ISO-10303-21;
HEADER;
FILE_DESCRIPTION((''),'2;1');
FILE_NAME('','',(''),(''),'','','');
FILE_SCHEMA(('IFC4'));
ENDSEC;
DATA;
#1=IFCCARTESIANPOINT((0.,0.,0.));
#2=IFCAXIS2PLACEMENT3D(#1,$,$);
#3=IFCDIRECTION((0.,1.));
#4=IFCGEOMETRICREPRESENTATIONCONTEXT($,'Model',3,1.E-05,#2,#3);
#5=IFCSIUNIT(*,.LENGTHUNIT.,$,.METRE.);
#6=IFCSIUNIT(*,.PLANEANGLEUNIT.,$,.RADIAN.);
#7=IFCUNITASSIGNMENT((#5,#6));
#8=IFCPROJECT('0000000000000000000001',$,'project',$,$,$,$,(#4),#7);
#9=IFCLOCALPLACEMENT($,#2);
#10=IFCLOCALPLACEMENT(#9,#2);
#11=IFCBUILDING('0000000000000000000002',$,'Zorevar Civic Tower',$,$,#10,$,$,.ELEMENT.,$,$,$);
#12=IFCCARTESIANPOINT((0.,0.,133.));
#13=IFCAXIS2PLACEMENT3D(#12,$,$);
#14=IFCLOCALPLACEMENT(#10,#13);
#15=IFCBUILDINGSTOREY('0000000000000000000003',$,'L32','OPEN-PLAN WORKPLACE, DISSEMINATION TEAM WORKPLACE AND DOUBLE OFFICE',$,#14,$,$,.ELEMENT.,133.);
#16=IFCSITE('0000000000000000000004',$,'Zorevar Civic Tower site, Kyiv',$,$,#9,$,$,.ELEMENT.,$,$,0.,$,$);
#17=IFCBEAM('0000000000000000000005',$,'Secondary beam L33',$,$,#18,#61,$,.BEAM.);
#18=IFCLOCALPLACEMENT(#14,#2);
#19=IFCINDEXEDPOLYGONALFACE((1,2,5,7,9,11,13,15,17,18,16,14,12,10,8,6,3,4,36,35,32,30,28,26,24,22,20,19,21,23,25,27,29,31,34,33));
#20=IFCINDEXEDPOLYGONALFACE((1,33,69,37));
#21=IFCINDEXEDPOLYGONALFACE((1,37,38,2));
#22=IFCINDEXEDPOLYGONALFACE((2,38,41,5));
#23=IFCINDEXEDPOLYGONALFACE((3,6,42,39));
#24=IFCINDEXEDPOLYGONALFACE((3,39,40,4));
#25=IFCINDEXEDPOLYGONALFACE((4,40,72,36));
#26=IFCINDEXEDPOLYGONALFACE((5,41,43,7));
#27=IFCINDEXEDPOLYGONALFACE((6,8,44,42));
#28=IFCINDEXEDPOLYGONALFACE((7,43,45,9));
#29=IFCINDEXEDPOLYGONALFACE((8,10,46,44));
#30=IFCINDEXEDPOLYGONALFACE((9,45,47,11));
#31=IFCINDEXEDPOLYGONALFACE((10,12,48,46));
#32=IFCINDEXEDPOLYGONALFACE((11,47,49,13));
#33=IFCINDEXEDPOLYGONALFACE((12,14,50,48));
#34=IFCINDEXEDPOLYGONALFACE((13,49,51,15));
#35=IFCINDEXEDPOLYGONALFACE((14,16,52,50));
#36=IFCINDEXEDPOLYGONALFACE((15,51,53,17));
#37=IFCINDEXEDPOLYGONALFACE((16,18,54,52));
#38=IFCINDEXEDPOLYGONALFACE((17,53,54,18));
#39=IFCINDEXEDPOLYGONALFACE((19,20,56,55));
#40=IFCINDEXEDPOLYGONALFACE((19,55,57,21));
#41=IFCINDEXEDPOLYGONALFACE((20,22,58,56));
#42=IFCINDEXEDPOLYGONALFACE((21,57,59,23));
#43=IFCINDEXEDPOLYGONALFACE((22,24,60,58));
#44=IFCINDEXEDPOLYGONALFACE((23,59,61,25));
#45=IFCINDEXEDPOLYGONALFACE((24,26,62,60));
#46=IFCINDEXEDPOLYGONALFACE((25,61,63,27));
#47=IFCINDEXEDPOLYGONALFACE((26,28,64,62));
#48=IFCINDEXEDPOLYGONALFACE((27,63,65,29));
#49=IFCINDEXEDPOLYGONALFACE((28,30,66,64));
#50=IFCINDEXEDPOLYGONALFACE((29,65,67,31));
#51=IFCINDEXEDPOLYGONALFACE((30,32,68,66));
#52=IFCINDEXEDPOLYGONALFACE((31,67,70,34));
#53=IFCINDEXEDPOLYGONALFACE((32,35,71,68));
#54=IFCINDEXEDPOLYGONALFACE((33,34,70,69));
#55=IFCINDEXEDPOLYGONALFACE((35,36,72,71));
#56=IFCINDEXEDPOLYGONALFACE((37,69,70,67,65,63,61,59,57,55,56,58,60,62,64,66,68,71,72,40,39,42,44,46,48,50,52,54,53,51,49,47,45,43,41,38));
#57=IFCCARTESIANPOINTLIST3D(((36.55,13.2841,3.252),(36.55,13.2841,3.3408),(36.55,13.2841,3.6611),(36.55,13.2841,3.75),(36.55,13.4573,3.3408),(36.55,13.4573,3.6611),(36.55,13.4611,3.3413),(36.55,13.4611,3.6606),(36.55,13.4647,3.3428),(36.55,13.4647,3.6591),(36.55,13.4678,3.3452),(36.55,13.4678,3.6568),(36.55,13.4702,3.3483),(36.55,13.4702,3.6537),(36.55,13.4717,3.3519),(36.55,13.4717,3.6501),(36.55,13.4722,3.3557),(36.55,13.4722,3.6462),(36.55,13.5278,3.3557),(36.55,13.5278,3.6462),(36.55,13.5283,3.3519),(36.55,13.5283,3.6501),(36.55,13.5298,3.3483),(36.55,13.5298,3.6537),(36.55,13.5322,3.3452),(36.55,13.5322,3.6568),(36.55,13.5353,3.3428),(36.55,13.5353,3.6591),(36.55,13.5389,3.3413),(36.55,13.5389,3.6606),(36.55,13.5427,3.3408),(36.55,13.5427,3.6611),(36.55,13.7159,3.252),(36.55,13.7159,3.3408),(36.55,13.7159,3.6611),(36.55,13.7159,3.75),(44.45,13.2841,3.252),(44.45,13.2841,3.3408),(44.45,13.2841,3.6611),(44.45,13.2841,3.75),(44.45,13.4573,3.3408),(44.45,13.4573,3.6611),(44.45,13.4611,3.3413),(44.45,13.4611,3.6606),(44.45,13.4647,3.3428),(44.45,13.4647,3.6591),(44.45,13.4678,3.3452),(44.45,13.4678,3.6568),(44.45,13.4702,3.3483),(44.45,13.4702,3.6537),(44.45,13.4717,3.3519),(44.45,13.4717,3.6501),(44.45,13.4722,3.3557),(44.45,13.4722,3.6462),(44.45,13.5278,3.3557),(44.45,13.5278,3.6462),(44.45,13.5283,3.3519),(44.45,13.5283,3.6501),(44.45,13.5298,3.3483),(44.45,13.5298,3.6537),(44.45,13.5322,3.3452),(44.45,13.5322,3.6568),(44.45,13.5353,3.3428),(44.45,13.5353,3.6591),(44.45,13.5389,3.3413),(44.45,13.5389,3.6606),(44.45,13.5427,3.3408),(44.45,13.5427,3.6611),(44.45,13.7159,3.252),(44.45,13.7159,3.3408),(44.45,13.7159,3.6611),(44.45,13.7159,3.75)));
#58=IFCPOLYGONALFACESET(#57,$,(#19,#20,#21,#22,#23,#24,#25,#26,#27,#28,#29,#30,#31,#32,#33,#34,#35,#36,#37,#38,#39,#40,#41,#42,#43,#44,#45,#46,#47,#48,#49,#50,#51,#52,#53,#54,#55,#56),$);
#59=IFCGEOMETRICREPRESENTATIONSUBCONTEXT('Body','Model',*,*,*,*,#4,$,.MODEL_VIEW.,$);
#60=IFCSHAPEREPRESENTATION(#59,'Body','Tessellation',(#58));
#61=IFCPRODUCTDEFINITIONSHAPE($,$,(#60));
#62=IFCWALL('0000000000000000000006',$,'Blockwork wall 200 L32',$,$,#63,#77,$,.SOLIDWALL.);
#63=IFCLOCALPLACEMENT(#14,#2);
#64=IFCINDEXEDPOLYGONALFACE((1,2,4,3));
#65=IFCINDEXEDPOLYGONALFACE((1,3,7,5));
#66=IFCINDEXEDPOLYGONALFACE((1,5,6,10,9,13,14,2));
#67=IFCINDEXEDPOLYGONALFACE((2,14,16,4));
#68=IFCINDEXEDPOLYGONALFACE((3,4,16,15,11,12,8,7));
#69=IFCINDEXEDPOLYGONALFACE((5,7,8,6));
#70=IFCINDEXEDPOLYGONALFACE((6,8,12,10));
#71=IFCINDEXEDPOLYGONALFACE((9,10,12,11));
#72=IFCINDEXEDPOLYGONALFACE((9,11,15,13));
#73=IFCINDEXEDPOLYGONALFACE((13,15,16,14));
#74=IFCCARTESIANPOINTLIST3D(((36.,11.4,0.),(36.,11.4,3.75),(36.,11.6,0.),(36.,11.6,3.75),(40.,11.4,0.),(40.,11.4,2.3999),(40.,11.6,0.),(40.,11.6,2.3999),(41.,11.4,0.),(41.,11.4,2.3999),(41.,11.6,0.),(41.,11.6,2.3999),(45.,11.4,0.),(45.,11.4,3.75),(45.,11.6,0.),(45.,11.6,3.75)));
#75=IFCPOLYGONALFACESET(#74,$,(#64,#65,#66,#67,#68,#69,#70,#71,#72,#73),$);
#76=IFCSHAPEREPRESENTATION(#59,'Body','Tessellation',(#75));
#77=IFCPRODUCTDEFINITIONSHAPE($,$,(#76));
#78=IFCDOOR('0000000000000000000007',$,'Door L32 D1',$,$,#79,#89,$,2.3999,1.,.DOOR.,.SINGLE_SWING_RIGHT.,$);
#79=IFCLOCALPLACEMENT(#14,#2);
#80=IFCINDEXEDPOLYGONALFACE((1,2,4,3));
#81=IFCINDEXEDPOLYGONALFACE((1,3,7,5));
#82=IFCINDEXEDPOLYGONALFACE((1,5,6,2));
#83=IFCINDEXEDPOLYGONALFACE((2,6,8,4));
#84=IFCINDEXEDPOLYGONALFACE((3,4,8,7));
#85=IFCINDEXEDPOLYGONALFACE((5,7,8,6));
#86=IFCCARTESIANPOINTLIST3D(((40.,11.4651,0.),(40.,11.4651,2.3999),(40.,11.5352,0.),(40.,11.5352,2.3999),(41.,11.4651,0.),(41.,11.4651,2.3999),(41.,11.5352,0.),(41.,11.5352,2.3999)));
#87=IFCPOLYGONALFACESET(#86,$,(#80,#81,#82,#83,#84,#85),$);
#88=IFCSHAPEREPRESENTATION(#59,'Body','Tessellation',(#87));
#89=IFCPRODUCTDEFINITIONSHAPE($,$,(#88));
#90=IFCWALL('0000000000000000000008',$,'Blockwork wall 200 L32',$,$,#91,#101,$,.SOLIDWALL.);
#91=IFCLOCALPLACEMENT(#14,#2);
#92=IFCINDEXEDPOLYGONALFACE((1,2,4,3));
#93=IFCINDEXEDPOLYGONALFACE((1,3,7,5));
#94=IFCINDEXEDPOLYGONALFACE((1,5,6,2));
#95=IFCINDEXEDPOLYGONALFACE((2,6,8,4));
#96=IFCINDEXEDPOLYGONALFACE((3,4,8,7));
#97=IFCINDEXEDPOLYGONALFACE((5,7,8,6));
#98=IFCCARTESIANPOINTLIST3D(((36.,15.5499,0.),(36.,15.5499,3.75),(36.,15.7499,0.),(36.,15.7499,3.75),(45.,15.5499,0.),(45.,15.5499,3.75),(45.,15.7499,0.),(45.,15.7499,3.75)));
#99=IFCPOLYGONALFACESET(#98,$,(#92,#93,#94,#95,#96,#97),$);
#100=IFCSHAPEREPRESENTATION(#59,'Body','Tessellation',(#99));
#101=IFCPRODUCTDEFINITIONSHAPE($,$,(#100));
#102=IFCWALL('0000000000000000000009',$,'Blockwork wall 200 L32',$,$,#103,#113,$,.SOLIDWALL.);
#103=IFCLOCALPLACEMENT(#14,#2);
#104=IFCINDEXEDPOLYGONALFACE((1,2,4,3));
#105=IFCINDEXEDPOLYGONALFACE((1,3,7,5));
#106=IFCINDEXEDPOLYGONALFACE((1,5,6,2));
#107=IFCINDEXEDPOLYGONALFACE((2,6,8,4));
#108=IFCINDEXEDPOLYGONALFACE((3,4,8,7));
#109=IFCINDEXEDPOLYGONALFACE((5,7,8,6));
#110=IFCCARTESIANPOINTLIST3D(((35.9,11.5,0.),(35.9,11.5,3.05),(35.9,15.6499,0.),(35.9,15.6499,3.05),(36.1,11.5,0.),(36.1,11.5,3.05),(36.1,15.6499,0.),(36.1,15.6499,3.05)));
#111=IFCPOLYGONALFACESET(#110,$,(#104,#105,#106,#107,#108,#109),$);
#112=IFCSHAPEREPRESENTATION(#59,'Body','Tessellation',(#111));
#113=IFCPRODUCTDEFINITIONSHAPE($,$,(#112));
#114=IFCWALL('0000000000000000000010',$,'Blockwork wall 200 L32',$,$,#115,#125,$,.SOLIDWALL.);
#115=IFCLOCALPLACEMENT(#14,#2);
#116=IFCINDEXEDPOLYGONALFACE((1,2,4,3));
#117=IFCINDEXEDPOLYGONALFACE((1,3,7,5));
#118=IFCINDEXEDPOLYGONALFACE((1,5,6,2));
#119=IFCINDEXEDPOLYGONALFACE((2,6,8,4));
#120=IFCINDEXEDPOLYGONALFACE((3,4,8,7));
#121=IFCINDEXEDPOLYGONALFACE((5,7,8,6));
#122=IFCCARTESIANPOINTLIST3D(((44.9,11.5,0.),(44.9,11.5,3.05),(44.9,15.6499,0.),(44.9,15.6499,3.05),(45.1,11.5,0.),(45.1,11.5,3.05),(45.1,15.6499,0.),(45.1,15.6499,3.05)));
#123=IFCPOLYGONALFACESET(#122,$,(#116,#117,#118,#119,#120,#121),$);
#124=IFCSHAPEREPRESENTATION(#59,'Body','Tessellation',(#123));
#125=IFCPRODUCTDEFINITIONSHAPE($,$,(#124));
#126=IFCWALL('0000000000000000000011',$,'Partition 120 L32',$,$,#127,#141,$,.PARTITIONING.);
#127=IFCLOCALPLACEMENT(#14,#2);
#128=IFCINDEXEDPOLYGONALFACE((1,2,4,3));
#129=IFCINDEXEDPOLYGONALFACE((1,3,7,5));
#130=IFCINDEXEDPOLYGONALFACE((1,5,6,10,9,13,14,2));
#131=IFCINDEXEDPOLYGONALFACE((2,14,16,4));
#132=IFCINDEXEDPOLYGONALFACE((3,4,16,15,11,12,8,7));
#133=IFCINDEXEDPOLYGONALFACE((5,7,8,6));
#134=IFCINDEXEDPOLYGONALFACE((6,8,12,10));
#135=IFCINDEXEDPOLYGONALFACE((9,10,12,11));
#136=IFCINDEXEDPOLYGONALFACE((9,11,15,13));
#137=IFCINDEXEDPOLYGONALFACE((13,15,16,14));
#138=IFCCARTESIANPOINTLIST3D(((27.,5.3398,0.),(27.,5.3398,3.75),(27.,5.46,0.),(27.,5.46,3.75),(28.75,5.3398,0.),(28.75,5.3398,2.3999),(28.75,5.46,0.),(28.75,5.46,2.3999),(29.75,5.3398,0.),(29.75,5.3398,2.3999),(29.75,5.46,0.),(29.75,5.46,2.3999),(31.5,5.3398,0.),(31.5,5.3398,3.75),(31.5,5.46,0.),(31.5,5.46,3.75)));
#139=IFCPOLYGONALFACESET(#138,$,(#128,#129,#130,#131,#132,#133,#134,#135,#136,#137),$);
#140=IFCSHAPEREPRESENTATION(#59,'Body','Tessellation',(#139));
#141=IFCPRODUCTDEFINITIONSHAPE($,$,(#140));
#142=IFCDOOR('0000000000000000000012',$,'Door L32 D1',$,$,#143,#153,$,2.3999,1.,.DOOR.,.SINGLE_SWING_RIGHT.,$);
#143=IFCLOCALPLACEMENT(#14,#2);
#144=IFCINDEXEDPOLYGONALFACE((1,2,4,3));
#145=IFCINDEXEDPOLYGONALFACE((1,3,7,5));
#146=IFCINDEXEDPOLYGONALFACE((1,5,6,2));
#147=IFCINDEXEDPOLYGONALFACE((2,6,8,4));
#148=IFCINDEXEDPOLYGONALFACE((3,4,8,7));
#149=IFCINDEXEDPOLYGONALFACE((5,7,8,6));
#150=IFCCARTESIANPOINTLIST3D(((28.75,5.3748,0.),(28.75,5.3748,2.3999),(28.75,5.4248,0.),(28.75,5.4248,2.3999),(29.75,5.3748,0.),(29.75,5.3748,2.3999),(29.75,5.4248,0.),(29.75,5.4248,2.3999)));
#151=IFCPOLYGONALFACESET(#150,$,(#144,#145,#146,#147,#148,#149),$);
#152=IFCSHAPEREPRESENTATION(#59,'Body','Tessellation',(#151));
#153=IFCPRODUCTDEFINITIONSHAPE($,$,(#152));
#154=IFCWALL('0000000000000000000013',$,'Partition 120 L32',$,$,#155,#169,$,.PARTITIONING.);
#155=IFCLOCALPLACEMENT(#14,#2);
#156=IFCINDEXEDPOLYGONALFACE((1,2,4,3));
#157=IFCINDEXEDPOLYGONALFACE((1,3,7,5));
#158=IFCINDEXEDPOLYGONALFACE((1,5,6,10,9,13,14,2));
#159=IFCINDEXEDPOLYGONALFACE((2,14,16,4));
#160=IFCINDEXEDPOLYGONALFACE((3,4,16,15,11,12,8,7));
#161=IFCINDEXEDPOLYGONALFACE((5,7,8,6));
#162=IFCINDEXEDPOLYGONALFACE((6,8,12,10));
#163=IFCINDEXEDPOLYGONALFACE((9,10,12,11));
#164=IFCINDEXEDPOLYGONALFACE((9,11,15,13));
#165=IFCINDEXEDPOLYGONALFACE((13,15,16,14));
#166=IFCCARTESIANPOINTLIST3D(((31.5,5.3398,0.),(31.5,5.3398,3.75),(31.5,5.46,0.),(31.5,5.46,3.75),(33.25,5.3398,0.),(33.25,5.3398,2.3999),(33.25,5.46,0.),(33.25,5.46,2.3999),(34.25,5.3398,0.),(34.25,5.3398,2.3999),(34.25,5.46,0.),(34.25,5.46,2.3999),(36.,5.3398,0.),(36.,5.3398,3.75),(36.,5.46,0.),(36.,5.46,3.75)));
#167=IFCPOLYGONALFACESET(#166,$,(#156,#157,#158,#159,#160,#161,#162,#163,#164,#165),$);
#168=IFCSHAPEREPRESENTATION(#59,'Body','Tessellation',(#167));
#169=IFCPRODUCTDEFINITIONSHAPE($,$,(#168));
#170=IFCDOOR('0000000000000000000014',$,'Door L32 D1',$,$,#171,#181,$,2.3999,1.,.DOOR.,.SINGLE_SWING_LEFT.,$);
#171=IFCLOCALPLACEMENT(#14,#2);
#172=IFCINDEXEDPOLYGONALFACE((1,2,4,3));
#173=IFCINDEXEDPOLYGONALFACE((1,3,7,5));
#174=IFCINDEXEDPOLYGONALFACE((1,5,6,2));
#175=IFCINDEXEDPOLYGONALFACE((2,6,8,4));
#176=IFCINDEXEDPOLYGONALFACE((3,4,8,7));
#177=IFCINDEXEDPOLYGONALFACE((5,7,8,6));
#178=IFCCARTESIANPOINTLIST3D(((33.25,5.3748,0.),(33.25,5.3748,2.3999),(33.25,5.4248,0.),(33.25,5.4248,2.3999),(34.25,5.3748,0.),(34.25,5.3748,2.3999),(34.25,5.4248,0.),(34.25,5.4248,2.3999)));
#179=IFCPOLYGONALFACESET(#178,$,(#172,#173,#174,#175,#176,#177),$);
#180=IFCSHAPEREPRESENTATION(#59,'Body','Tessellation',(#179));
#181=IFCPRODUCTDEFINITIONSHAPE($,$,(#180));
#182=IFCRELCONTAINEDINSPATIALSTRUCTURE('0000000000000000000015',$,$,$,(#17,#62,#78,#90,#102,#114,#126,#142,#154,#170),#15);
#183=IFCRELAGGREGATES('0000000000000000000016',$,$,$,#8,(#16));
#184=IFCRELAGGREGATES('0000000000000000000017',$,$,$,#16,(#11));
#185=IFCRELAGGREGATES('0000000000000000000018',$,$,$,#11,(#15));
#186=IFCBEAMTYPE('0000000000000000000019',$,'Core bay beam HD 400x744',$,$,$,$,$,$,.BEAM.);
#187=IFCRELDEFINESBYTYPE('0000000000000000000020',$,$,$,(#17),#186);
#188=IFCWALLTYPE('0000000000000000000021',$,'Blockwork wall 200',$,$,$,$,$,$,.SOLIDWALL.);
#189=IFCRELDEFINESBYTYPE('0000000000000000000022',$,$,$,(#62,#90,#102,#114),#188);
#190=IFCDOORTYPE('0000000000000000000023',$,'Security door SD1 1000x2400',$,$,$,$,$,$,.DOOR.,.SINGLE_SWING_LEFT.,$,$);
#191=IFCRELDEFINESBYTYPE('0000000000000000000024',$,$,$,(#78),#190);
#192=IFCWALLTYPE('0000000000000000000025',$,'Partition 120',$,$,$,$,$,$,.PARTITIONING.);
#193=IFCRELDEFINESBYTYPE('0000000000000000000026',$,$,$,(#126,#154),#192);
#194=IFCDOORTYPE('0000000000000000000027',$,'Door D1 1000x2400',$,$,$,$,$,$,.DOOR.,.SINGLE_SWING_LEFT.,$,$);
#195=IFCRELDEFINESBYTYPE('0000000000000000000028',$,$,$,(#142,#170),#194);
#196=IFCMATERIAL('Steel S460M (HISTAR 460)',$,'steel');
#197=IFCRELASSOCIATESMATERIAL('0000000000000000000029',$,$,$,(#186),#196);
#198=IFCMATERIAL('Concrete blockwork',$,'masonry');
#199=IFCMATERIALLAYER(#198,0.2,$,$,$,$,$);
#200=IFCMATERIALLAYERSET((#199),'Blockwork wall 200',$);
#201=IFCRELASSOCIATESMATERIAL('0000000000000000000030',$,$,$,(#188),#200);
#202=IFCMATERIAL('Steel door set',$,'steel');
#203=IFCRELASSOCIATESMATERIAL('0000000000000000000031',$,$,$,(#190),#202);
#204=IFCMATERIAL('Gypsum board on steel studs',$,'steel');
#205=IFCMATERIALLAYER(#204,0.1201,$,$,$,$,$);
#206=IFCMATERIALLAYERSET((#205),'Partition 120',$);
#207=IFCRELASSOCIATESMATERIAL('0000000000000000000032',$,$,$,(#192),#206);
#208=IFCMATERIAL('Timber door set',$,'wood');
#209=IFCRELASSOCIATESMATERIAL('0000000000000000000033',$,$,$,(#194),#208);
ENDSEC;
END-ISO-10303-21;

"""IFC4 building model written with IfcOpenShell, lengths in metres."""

from ifc_helpers import new_model, si_unit, direction, frame, frame_2d, origin, origin_2d, place, context, subcontext, project, spatial, rectangle, i_section, extrude, material, layer, layer_set, material_profile, profile_set, type_object, element, fill, save


model = new_model("IFC4")

# Units and contexts
model_context = context("Model", 3, precision=1e-05, world=origin(), true_north=direction((0.0, 1.0)))
body_context = subcontext(model_context, "Body", "Model", "MODEL_VIEW")
ifc_project = project(units=[si_unit("LENGTHUNIT", "METRE"), si_unit("PLANEANGLEUNIT", "RADIAN")], contexts=[model_context])

# Site, building, storey
site_placement = place(None, origin())
site = spatial("IfcSite", under=ifc_project, at=site_placement, Name="Zorevar Civic Tower site, Kyiv", CompositionType="ELEMENT", RefElevation=0.0)
building_placement = place(site_placement, origin())
building = spatial("IfcBuilding", under=site, at=building_placement, Name="Zorevar Civic Tower", CompositionType="ELEMENT")
storey_placement = place(building_placement, frame((0.0, 0.0, 133.0)))
storey = spatial("IfcBuildingStorey", under=building, at=storey_placement, Name="L32", Description="OPEN-PLAN WORKPLACE, DISSEMINATION TEAM WORKPLACE AND DOUBLE OFFICE", CompositionType="ELEMENT", Elevation=133.0)

# Beam
ifc_material_1 = material(Name="Steel S460M (HISTAR 460)", Category="steel")
ifc_material_profile_1 = material_profile(ifc_material_1, i_section(OverallWidth=0.4319, OverallDepth=0.498, WebThickness=0.0557, FlangeThickness=0.0889, FilletRadius=0.0149, at=origin_2d()), Name="HD 400x744")
ifc_profile_set_1 = profile_set([ifc_material_profile_1], Name="Steel S460M (HISTAR 460)")
beam_type_1 = type_object("IfcBeamType", Name="Core bay beam HD 400x744", PredefinedType="BEAM", material=ifc_profile_set_1)
for number, where, z_axis, x_axis, name in (
    (1, (36.55, 13.5, 3.501), (1.0, 0.0, 0.0), (0.0, 1.0, 0.0), "Secondary beam L33"),
):
    element("IfcBeam", number, at=place(storey_placement, frame(where, z_axis=z_axis, x_axis=x_axis)), inside=storey, type_object=beam_type_1, Name=name, PredefinedType="BEAM", context=body_context, shape_type="SweptSolid", body=[
        extrude(i_section(OverallWidth=0.4319, OverallDepth=0.498, WebThickness=0.0557, FlangeThickness=0.0889, FilletRadius=0.0149, at=origin_2d()), origin(), (0.0, 0.0, 1.0), 7.8999),
    ])

# Wall, opening, door
ifc_material_2 = material(Name="Concrete blockwork", Category="masonry")
ifc_layer_1 = layer(ifc_material_2, 0.2)
ifc_layer_set_1 = layer_set([ifc_layer_1], Name="Blockwork wall 200")
wall_type_1 = type_object("IfcWallType", Name="Blockwork wall 200", PredefinedType="SOLIDWALL", material=ifc_layer_set_1)
wall_1_placement = place(storey_placement, frame((36.0, 11.5, 0.0), z_axis=(0.0, 0.0, 1.0), x_axis=(1.0, 0.0, 0.0)))
wall_1 = element("IfcWall", 2, at=wall_1_placement, inside=storey, type_object=wall_type_1, Name="Blockwork wall 200 L32", PredefinedType="SOLIDWALL", context=body_context, shape_type="SweptSolid", body=[
    extrude(rectangle(XDim=9.0, YDim=0.2, at=frame_2d((4.5, 0.0))), origin(), (0.0, 0.0, 1.0), 3.75),
])
opening_1_placement = place(wall_1_placement, frame((4.0, 0.0, 0.0)))
opening_1 = element("IfcOpeningElement", 3, at=opening_1_placement, cuts=wall_1, PredefinedType="OPENING", context=body_context, shape_type="SweptSolid", body=[
    extrude(rectangle(XDim=1.0, YDim=2.3999, at=frame_2d((0.5, 1.2))), frame((0.0, 0.1099, 0.0), z_axis=(0.0, -1.0, 0.0), x_axis=(1.0, 0.0, 0.0)), (0.0, 0.0, 1.0), 0.22),
])
ifc_material_3 = material(Name="Steel door set", Category="steel")
door_type_1 = type_object("IfcDoorType", Name="Security door SD1 1000x2400", OperationType="SINGLE_SWING_LEFT", PredefinedType="DOOR", material=ifc_material_3)
door_1_placement = place(opening_1_placement, origin())
door_1 = element("IfcDoor", 4, at=door_1_placement, inside=storey, type_object=door_type_1, Name="Door L32 D1", OperationType="SINGLE_SWING_RIGHT", OverallHeight=2.3999, OverallWidth=1.0, PredefinedType="DOOR", context=body_context, shape_type="SweptSolid", body=[
    extrude(rectangle(XDim=1.0, YDim=2.3999, at=frame_2d((0.5, 1.2))), frame((0.0, 0.0352, 0.0), z_axis=(0.0, -1.0, 0.0), x_axis=(1.0, 0.0, 0.0)), (0.0, 0.0, 1.0), 0.0701),
])
fill(opening_1, door_1)

# Walls
wall_2_placement = place(storey_placement, frame((36.0, 15.6499, 0.0), z_axis=(0.0, 0.0, 1.0), x_axis=(1.0, 0.0, 0.0)))
element("IfcWall", 5, at=wall_2_placement, inside=storey, type_object=wall_type_1, Name="Blockwork wall 200 L32", PredefinedType="SOLIDWALL", context=body_context, shape_type="SweptSolid", body=[
    extrude(rectangle(XDim=9.0, YDim=0.2, at=frame_2d((4.5, 0.0))), origin(), (0.0, 0.0, 1.0), 3.75),
])
for number, where, z_axis, x_axis, name in (
    (6, (36.0, 11.5, 0.0), (0.0, 0.0, 1.0), (0.0, 1.0, 0.0), "Blockwork wall 200 L32"),
    (7, (45.0, 11.5, 0.0), (0.0, 0.0, 1.0), (0.0, 1.0, 0.0), "Blockwork wall 200 L32"),
):
    element("IfcWall", number, at=place(storey_placement, frame(where, z_axis=z_axis, x_axis=x_axis)), inside=storey, type_object=wall_type_1, Name=name, PredefinedType="SOLIDWALL", context=body_context, shape_type="SweptSolid", body=[
        extrude(rectangle(XDim=4.1499, YDim=0.2, at=frame_2d((2.075, 0.0))), origin(), (0.0, 0.0, 1.0), 3.05),
    ])

# Walls, openings, doors
ifc_material_4 = material(Name="Gypsum board on steel studs", Category="steel")
ifc_layer_2 = layer(ifc_material_4, 0.1201)
ifc_layer_set_2 = layer_set([ifc_layer_2], Name="Partition 120")
wall_type_2 = type_object("IfcWallType", Name="Partition 120", PredefinedType="PARTITIONING", material=ifc_layer_set_2)
wall_3_placement = place(storey_placement, frame((27.0, 5.3999, 0.0), z_axis=(0.0, 0.0, 1.0), x_axis=(1.0, 0.0, 0.0)))
wall_3 = element("IfcWall", 8, at=wall_3_placement, inside=storey, type_object=wall_type_2, Name="Partition 120 L32", PredefinedType="PARTITIONING", context=body_context, shape_type="SweptSolid", body=[
    extrude(rectangle(XDim=4.5, YDim=0.1201, at=frame_2d((2.25, 0.0))), origin(), (0.0, 0.0, 1.0), 3.75),
])
opening_2_placement = place(wall_3_placement, frame((1.75, 0.0, 0.0)))
opening_2 = element("IfcOpeningElement", 9, at=opening_2_placement, cuts=wall_3, PredefinedType="OPENING", context=body_context, shape_type="SweptSolid", body=[
    extrude(rectangle(XDim=1.0, YDim=2.3999, at=frame_2d((0.5, 1.2))), frame((0.0, 0.0701, 0.0), z_axis=(0.0, -1.0, 0.0), x_axis=(1.0, 0.0, 0.0)), (0.0, 0.0, 1.0), 0.1401),
])
ifc_material_5 = material(Name="Timber door set", Category="wood")
door_type_2 = type_object("IfcDoorType", Name="Door D1 1000x2400", OperationType="SINGLE_SWING_LEFT", PredefinedType="DOOR", material=ifc_material_5)
door_2_placement = place(opening_2_placement, origin())
door_2 = element("IfcDoor", 10, at=door_2_placement, inside=storey, type_object=door_type_2, Name="Door L32 D1", OperationType="SINGLE_SWING_RIGHT", OverallHeight=2.3999, OverallWidth=1.0, PredefinedType="DOOR", context=body_context, shape_type="SweptSolid", body=[
    extrude(rectangle(XDim=1.0, YDim=2.3999, at=frame_2d((0.5, 1.2))), frame((0.0, 0.0249, 0.0), z_axis=(0.0, -1.0, 0.0), x_axis=(1.0, 0.0, 0.0)), (0.0, 0.0, 1.0), 0.05),
])
fill(opening_2, door_2)
wall_4_placement = place(storey_placement, frame((31.5, 5.3999, 0.0), z_axis=(0.0, 0.0, 1.0), x_axis=(1.0, 0.0, 0.0)))
wall_4 = element("IfcWall", 11, at=wall_4_placement, inside=storey, type_object=wall_type_2, Name="Partition 120 L32", PredefinedType="PARTITIONING", context=body_context, shape_type="SweptSolid", body=[
    extrude(rectangle(XDim=4.5, YDim=0.1201, at=frame_2d((2.25, 0.0))), origin(), (0.0, 0.0, 1.0), 3.75),
])
opening_3_placement = place(wall_4_placement, frame((1.75, 0.0, 0.0)))
opening_3 = element("IfcOpeningElement", 12, at=opening_3_placement, cuts=wall_4, PredefinedType="OPENING", context=body_context, shape_type="SweptSolid", body=[
    extrude(rectangle(XDim=1.0, YDim=2.3999, at=frame_2d((0.5, 1.2))), frame((0.0, 0.0701, 0.0), z_axis=(0.0, -1.0, 0.0), x_axis=(1.0, 0.0, 0.0)), (0.0, 0.0, 1.0), 0.1401),
])
door_3_placement = place(opening_3_placement, origin())
door_3 = element("IfcDoor", 13, at=door_3_placement, inside=storey, type_object=door_type_2, Name="Door L32 D1", OperationType="SINGLE_SWING_LEFT", OverallHeight=2.3999, OverallWidth=1.0, PredefinedType="DOOR", context=body_context, shape_type="SweptSolid", body=[
    extrude(rectangle(XDim=1.0, YDim=2.3999, at=frame_2d((0.5, 1.2))), frame((0.0, 0.0249, 0.0), z_axis=(0.0, -1.0, 0.0), x_axis=(1.0, 0.0, 0.0)), (0.0, 0.0, 1.0), 0.05),
])
fill(opening_3, door_3)

save(model, "model.ifc")
